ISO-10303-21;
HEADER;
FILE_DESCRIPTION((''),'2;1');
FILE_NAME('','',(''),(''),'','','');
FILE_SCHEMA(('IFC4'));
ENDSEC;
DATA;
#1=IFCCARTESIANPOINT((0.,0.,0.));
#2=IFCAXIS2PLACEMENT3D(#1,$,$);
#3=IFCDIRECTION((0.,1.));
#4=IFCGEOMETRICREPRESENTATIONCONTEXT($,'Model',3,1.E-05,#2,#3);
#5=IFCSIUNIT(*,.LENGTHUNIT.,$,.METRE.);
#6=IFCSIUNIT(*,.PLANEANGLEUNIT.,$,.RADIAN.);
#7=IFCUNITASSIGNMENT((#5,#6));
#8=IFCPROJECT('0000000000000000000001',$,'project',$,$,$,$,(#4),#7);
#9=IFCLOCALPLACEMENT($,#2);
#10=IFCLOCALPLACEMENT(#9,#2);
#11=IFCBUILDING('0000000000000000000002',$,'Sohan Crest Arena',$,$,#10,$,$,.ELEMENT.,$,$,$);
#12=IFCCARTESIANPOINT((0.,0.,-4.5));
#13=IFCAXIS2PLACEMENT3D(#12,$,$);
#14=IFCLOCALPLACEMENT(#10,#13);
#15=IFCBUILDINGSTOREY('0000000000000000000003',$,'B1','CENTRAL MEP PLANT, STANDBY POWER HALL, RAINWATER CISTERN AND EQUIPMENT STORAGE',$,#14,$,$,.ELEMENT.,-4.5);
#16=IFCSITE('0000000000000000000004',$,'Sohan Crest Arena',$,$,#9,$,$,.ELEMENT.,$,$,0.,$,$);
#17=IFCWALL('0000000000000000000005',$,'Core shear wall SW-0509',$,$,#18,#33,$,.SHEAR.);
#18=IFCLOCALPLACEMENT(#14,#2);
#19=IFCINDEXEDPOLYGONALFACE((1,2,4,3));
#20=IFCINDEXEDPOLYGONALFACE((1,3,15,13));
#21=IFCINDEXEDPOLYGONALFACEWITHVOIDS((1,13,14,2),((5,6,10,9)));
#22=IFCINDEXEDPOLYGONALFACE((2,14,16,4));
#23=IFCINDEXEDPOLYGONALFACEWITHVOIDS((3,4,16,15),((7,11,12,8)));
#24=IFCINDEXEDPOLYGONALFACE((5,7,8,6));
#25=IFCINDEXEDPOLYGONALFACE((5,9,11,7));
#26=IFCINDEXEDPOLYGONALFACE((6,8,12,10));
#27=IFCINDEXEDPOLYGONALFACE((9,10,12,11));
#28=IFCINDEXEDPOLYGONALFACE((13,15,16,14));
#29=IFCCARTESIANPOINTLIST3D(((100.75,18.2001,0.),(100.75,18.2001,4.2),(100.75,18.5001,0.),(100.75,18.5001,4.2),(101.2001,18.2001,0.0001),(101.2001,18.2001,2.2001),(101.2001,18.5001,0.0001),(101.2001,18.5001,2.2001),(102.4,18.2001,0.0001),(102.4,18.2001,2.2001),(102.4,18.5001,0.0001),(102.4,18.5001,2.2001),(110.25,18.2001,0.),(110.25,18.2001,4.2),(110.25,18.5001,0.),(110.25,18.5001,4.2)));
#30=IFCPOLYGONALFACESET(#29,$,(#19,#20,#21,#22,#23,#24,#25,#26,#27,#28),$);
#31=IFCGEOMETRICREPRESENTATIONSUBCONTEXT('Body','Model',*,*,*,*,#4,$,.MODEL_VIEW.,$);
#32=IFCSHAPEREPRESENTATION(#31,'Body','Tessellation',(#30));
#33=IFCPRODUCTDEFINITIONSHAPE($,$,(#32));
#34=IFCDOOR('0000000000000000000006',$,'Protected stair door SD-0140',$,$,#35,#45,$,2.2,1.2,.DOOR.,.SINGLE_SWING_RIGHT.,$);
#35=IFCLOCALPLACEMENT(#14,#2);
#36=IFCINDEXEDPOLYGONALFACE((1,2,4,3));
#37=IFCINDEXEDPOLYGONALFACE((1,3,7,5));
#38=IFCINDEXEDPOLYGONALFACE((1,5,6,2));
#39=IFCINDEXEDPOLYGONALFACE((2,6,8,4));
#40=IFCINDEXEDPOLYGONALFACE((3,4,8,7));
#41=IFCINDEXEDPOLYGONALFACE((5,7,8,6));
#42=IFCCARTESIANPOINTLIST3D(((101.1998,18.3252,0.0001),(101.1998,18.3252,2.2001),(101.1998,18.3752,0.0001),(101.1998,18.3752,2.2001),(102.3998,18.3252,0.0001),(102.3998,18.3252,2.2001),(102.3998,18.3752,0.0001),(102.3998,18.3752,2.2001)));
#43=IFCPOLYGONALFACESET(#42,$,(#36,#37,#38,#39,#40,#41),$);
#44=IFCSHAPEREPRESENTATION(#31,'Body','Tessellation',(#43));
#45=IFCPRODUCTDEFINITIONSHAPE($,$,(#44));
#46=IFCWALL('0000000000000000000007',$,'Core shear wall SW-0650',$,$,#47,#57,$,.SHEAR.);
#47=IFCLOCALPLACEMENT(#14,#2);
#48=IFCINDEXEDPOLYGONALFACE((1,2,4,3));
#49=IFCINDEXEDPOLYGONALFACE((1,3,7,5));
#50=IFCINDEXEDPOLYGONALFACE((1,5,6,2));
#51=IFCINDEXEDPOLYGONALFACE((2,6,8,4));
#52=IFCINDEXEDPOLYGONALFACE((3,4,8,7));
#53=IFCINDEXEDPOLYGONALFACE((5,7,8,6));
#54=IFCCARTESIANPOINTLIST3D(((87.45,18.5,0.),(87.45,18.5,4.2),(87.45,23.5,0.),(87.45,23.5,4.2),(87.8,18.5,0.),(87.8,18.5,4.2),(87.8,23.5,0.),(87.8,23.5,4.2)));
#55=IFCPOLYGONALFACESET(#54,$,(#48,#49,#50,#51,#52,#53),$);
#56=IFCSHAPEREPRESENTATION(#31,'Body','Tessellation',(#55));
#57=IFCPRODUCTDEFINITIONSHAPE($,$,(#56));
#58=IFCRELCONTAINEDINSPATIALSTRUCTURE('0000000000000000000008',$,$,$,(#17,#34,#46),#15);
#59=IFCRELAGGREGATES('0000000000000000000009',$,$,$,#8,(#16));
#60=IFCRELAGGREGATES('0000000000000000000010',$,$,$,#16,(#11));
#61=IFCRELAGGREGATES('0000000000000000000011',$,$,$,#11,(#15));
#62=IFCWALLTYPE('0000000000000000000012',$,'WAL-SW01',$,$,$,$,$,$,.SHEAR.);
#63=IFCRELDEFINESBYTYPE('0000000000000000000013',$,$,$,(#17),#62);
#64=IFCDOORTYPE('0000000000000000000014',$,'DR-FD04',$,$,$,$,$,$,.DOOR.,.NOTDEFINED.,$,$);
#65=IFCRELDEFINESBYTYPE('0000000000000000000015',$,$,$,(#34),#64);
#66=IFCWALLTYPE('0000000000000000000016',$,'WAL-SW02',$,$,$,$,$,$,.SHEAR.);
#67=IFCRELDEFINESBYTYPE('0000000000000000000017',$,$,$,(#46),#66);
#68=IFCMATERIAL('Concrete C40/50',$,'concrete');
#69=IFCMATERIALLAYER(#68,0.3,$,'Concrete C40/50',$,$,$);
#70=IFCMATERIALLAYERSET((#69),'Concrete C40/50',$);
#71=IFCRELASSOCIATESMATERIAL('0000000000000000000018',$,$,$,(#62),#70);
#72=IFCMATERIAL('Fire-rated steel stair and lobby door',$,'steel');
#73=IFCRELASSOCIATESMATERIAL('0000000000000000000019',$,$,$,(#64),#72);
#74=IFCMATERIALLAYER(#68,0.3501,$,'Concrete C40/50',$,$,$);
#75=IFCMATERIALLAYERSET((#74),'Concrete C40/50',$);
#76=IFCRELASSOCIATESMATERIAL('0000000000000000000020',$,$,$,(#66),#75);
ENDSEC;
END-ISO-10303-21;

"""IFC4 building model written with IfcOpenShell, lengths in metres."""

from ifc_helpers import new_model, si_unit, direction, frame, frame_2d, origin, place, context, subcontext, project, spatial, rectangle, extrude, material, layer, layer_set, type_object, element, fill, save


model = new_model("IFC4")

# Units and contexts
model_context = context("Model", 3, precision=1e-05, world=origin(), true_north=direction((0.0, 1.0)))
body_context = subcontext(model_context, "Body", "Model", "MODEL_VIEW")
ifc_project = project(units=[si_unit("LENGTHUNIT", "METRE"), si_unit("PLANEANGLEUNIT", "RADIAN")], contexts=[model_context])

# Site, building, storey
site_placement = place(None, origin())
site = spatial("IfcSite", under=ifc_project, at=site_placement, Name="Sohan Crest Arena", CompositionType="ELEMENT", RefElevation=0.0)
building_placement = place(site_placement, origin())
building = spatial("IfcBuilding", under=site, at=building_placement, Name="Sohan Crest Arena", CompositionType="ELEMENT")
storey_placement = place(building_placement, frame((0.0, 0.0, -4.5)))
storey = spatial("IfcBuildingStorey", under=building, at=storey_placement, Name="B1", Description="CENTRAL MEP PLANT, STANDBY POWER HALL, RAINWATER CISTERN AND EQUIPMENT STORAGE", CompositionType="ELEMENT", Elevation=-4.5)

# Shared definitions
ifc_material_1 = material(Name="Concrete C40/50", Category="concrete")

# Shared definitions
ifc_layer_1 = layer(ifc_material_1, 0.3, Name="Concrete C40/50")
ifc_layer_set_1 = layer_set([ifc_layer_1], Name="Concrete C40/50")
wall_type_1 = type_object("IfcWallType", Name="WAL-SW01", PredefinedType="SHEAR", material=ifc_layer_set_1)

# Wall, opening, door
wall_1_placement = place(storey_placement, frame((100.75, 18.3501, 0.0), z_axis=(0.0, 0.0, 1.0), x_axis=(1.0, 0.0, 0.0)))
wall_1 = element("IfcWall", 1, at=wall_1_placement, inside=storey, type_object=wall_type_1, Name="Core shear wall SW-0509", PredefinedType="SHEAR", context=body_context, shape_type="SweptSolid", body=[
    extrude(rectangle(XDim=9.5, YDim=0.3, at=frame_2d((4.75, 0.0))), origin(), (0.0, 0.0, 1.0), 4.2),
])
opening_1_placement = place(wall_1_placement, frame((0.45, 0.0, 0.0)))
opening_1 = element("IfcOpeningElement", 2, at=opening_1_placement, cuts=wall_1, PredefinedType="OPENING", context=body_context, shape_type="SweptSolid", body=[
    extrude(rectangle(XDim=1.2, YDim=2.2, at=frame_2d((0.6001, 1.1001))), frame((0.0, 0.1599, 0.0), z_axis=(0.0, -1.0, 0.0), x_axis=(1.0, 0.0, 0.0)), (0.0, 0.0, 1.0), 0.3201),
])
ifc_material_2 = material(Name="Fire-rated steel stair and lobby door", Category="steel")
door_type_1 = type_object("IfcDoorType", Name="DR-FD04", OperationType="NOTDEFINED", PredefinedType="DOOR", material=ifc_material_2)
door_1_placement = place(opening_1_placement, frame((1.2, 0.0, 0.0), z_axis=(0.0, 0.0, 1.0), x_axis=(-1.0, 0.0, 0.0)))
door_1 = element("IfcDoor", 3, at=door_1_placement, inside=storey, type_object=door_type_1, Name="Protected stair door SD-0140", OperationType="SINGLE_SWING_RIGHT", OverallHeight=2.2, OverallWidth=1.2, PredefinedType="DOOR", context=body_context, shape_type="SweptSolid", body=[
    extrude(rectangle(XDim=1.2, YDim=2.2, at=frame_2d((0.6001, 1.1001))), frame((0.0, 0.0249, 0.0), z_axis=(0.0, -1.0, 0.0), x_axis=(1.0, 0.0, 0.0)), (0.0, 0.0, 1.0), 0.05),
])
fill(opening_1, door_1)

# Wall
ifc_layer_2 = layer(ifc_material_1, 0.3501, Name="Concrete C40/50")
ifc_layer_set_2 = layer_set([ifc_layer_2], Name="Concrete C40/50")
wall_type_2 = type_object("IfcWallType", Name="WAL-SW02", PredefinedType="SHEAR", material=ifc_layer_set_2)
wall_2_placement = place(storey_placement, frame((87.625, 18.5, 0.0), z_axis=(0.0, 0.0, 1.0), x_axis=(0.0, 1.0, 0.0)))
element("IfcWall", 4, at=wall_2_placement, inside=storey, type_object=wall_type_2, Name="Core shear wall SW-0650", PredefinedType="SHEAR", context=body_context, shape_type="SweptSolid", body=[
    extrude(rectangle(XDim=5.0, YDim=0.3501, at=frame_2d((2.5, 0.0))), origin(), (0.0, 0.0, 1.0), 4.2),
])

save(model, "model.ifc")
